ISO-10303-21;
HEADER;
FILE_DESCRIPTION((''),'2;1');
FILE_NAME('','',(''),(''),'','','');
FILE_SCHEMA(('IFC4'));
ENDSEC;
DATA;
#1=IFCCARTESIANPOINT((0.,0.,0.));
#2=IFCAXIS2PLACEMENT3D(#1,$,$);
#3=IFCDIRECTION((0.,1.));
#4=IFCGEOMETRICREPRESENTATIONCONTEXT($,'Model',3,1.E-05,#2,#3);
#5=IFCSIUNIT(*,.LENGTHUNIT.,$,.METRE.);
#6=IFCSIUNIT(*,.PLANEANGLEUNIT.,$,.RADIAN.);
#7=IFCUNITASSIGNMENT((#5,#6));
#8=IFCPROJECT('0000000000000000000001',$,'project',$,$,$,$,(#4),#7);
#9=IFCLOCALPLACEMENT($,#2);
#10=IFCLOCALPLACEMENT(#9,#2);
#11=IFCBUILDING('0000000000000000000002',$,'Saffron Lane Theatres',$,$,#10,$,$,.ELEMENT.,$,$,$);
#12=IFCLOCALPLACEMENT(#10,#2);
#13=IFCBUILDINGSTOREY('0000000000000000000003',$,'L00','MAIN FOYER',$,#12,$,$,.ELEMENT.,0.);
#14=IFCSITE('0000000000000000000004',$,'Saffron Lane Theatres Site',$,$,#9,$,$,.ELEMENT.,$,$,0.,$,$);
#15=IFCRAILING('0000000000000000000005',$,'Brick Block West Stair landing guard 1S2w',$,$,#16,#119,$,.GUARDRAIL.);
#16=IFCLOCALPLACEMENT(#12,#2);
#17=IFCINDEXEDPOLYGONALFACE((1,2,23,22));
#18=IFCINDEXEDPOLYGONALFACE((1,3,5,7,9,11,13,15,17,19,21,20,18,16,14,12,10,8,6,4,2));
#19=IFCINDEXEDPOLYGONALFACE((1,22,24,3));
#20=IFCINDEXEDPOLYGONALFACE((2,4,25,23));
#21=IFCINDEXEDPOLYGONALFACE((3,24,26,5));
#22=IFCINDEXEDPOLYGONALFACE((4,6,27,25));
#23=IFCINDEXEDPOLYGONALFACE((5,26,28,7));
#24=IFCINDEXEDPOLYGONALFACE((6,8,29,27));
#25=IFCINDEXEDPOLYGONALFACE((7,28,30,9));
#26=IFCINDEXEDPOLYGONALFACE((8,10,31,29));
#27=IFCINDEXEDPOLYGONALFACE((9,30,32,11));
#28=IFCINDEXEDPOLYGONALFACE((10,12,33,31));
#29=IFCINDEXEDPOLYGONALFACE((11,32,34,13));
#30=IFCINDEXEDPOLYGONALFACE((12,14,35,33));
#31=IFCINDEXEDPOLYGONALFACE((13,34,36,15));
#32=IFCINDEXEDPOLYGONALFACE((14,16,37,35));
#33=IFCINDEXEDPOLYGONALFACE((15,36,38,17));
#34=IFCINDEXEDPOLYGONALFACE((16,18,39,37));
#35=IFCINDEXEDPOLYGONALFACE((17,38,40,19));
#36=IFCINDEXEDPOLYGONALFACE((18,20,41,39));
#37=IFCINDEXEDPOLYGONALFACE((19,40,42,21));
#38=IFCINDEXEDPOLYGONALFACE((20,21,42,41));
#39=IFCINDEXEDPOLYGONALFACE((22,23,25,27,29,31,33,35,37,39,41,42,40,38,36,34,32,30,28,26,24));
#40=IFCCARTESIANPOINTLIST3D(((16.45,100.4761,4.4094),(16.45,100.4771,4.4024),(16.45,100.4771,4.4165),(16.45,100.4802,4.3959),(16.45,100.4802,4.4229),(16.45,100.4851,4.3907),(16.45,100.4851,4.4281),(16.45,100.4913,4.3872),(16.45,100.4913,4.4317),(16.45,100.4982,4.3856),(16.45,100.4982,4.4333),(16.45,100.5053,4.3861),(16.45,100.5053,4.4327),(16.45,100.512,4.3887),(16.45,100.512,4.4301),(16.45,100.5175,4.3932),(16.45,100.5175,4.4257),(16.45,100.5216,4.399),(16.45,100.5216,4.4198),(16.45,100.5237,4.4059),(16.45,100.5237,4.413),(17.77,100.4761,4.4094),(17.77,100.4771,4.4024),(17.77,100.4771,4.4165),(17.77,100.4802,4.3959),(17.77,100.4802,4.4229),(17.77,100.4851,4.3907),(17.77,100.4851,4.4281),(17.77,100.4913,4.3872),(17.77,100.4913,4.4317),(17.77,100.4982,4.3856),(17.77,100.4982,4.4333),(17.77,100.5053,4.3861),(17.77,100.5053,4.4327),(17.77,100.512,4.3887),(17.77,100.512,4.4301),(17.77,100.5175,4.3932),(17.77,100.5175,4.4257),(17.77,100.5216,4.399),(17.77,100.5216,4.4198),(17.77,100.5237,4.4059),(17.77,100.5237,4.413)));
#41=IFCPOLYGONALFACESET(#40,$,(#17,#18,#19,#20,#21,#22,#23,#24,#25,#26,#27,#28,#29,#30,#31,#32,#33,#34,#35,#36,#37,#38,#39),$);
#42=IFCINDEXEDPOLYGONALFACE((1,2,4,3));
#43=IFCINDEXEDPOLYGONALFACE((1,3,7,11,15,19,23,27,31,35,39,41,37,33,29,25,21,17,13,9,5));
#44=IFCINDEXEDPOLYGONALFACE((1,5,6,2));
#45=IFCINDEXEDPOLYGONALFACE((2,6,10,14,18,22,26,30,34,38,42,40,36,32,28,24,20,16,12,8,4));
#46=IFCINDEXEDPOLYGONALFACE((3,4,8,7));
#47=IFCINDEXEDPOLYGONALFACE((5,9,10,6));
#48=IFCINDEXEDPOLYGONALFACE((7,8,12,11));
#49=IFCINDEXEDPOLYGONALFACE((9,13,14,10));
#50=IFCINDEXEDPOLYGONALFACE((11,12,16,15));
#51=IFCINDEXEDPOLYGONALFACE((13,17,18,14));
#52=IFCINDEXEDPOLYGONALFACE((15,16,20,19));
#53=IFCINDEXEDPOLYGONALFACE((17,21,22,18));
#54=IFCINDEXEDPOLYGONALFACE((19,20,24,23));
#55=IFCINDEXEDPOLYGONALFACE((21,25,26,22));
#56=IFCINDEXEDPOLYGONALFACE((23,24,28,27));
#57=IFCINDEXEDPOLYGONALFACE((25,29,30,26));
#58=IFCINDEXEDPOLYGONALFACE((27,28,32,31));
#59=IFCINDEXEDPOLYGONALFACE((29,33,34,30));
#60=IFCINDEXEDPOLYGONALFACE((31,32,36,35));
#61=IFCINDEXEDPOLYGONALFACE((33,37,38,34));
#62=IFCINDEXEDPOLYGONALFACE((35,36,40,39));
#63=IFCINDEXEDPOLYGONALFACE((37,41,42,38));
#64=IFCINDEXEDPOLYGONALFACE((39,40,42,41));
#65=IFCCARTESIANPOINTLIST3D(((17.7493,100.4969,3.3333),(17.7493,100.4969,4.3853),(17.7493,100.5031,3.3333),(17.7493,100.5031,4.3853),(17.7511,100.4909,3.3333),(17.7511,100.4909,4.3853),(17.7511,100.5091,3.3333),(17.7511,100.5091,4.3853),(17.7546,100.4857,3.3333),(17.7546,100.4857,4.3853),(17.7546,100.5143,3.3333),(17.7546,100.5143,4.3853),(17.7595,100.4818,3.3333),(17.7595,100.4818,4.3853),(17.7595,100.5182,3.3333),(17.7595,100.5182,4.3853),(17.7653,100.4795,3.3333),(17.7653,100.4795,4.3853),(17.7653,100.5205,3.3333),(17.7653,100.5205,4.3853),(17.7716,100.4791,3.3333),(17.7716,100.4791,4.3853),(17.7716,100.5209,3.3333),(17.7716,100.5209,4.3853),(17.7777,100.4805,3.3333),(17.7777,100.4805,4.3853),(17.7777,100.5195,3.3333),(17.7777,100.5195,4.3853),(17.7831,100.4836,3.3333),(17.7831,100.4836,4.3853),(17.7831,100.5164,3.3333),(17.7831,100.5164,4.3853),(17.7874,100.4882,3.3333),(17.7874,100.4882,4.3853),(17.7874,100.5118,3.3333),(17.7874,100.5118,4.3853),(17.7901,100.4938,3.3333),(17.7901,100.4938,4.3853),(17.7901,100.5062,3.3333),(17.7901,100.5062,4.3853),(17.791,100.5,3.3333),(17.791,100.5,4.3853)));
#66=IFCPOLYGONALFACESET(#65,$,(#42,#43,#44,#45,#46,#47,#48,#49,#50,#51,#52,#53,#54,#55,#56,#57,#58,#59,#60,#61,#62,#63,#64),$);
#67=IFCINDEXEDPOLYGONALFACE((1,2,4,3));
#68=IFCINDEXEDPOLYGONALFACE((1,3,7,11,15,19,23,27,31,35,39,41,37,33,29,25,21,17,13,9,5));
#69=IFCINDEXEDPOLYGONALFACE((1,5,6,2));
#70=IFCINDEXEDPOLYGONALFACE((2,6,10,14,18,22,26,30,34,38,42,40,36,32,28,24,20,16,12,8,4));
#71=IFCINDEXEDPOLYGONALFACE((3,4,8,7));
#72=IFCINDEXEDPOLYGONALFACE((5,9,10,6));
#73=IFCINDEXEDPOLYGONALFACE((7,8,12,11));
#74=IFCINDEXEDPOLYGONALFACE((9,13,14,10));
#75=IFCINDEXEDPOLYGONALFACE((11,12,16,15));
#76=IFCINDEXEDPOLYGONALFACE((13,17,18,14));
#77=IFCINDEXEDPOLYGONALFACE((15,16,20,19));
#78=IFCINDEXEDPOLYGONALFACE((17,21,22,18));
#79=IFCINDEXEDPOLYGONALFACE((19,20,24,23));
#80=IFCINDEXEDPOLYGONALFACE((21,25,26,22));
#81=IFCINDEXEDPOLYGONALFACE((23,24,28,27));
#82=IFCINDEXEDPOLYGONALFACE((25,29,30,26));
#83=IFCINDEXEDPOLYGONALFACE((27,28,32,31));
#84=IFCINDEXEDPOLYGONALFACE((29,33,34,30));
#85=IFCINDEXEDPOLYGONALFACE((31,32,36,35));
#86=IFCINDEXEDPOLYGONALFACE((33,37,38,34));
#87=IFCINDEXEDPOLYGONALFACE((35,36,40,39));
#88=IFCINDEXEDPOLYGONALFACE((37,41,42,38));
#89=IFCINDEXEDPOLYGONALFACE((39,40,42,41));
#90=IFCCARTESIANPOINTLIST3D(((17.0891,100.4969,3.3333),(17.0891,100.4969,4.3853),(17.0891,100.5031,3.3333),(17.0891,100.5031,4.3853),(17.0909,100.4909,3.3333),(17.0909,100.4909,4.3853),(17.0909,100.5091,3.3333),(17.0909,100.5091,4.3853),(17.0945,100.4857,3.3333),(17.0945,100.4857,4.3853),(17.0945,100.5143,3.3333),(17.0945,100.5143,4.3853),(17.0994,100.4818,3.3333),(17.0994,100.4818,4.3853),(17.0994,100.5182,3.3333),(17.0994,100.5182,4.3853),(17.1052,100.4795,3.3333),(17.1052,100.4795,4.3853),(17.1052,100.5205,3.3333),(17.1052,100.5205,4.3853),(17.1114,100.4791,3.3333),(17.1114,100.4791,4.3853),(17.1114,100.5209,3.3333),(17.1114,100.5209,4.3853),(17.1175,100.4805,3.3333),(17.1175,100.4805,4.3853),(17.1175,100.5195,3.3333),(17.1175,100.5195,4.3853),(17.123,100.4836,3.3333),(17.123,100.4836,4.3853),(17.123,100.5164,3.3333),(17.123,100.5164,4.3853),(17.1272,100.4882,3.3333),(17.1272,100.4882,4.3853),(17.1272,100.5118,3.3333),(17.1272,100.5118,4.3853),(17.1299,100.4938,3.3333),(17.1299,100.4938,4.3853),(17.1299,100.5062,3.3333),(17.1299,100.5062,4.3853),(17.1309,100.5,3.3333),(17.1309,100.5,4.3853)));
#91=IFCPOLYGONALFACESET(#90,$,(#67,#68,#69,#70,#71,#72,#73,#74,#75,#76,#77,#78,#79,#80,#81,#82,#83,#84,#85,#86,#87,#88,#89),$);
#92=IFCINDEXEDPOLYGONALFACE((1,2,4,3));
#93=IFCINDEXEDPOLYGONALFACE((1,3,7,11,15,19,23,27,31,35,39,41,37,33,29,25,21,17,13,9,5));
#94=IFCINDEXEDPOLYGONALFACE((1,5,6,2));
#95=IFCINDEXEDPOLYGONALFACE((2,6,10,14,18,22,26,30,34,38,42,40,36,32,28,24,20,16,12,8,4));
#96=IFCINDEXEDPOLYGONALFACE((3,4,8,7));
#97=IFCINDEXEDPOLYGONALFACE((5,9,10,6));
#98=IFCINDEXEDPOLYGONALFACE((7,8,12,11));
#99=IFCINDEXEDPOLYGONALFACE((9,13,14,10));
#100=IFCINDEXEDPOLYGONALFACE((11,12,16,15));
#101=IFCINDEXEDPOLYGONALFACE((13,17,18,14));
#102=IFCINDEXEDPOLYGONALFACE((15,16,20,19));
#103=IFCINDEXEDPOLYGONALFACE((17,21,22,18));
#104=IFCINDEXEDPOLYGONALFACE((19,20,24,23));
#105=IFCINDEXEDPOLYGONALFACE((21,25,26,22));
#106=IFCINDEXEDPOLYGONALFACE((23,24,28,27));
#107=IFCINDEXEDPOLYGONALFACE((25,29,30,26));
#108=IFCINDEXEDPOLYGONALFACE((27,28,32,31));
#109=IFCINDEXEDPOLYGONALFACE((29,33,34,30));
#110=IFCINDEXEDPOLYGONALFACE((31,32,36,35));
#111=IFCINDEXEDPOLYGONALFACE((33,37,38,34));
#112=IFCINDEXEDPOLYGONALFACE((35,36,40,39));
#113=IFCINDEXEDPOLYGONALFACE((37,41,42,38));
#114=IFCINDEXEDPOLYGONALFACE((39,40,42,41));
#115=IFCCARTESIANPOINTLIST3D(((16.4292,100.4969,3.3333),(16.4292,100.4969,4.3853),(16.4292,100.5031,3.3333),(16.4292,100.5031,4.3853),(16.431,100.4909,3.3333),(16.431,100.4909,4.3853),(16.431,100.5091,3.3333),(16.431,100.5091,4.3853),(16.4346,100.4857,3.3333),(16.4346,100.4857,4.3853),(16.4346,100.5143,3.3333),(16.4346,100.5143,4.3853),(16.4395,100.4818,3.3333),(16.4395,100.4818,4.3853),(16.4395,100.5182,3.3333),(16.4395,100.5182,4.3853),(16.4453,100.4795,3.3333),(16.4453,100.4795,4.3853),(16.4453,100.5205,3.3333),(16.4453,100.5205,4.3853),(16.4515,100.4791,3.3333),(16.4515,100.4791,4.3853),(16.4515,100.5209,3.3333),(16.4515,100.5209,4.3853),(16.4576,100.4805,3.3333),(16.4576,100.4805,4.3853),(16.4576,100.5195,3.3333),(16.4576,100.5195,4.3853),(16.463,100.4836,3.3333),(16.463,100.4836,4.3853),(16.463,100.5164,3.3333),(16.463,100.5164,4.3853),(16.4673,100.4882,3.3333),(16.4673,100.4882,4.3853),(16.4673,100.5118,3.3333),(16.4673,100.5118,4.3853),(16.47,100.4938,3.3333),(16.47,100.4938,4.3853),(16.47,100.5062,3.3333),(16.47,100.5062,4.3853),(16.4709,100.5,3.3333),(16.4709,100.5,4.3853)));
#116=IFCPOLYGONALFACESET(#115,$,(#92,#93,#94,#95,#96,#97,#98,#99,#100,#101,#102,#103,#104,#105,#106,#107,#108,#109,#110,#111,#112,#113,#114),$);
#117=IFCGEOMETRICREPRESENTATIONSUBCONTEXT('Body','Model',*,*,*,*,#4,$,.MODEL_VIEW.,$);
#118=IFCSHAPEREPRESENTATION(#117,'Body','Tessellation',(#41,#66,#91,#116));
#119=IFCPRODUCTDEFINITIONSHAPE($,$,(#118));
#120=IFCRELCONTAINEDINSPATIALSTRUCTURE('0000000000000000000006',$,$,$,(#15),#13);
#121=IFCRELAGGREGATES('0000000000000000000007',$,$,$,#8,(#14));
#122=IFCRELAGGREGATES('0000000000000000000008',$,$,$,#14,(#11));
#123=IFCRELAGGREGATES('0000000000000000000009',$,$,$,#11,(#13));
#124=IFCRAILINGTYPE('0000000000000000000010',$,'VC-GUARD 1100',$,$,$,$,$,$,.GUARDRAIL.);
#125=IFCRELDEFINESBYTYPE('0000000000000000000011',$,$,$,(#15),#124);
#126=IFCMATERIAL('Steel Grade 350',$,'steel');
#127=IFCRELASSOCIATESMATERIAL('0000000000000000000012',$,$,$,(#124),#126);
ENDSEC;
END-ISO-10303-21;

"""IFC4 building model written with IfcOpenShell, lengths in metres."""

from ifc_helpers import new_model, si_unit, direction, frame, origin, origin_2d, place, context, subcontext, project, spatial, circle, extrude, material, type_object, element, save


model = new_model("IFC4")

# Units and contexts
model_context = context("Model", 3, precision=1e-05, world=origin(), true_north=direction((0.0, 1.0)))
body_context = subcontext(model_context, "Body", "Model", "MODEL_VIEW")
ifc_project = project(units=[si_unit("LENGTHUNIT", "METRE"), si_unit("PLANEANGLEUNIT", "RADIAN")], contexts=[model_context])

# Site, building, storey
site_placement = place(None, origin())
site = spatial("IfcSite", under=ifc_project, at=site_placement, Name="Saffron Lane Theatres Site", CompositionType="ELEMENT", RefElevation=0.0)
building_placement = place(site_placement, origin())
building = spatial("IfcBuilding", under=site, at=building_placement, Name="Saffron Lane Theatres", CompositionType="ELEMENT")
storey_placement = place(building_placement, origin())
storey = spatial("IfcBuildingStorey", under=building, at=storey_placement, Name="L00", Description="MAIN FOYER", CompositionType="ELEMENT", Elevation=0.0)

# Railing
ifc_material_1 = material(Name="Steel Grade 350", Category="steel")
railing_type_1 = type_object("IfcRailingType", Name="VC-GUARD 1100", PredefinedType="GUARDRAIL", material=ifc_material_1)
railing_1_placement = place(storey_placement, frame((17.77, 100.5, 3.3333)))
element("IfcRailing", 1, at=railing_1_placement, inside=storey, type_object=railing_type_1, Name="Brick Block West Stair landing guard 1S2w", PredefinedType="GUARDRAIL", context=body_context, shape_type="SweptSolid", body=[
    extrude(circle(Radius=0.0239, at=origin_2d()), frame((0.0, 0.0, 1.0762), z_axis=(-1.0, 0.0, 0.0), x_axis=(0.0, -1.0, 0.0)), (0.0, 0.0, 1.0), 1.3201),
    extrude(circle(Radius=0.021, at=origin_2d()), origin(), (0.0, 0.0, 1.0), 1.052),
    extrude(circle(Radius=0.021, at=origin_2d()), frame((-0.6602, 0.0, 0.0)), (0.0, 0.0, 1.0), 1.052),
    extrude(circle(Radius=0.021, at=origin_2d()), frame((-1.3201, 0.0, 0.0)), (0.0, 0.0, 1.0), 1.052),
])

save(model, "model.ifc")
